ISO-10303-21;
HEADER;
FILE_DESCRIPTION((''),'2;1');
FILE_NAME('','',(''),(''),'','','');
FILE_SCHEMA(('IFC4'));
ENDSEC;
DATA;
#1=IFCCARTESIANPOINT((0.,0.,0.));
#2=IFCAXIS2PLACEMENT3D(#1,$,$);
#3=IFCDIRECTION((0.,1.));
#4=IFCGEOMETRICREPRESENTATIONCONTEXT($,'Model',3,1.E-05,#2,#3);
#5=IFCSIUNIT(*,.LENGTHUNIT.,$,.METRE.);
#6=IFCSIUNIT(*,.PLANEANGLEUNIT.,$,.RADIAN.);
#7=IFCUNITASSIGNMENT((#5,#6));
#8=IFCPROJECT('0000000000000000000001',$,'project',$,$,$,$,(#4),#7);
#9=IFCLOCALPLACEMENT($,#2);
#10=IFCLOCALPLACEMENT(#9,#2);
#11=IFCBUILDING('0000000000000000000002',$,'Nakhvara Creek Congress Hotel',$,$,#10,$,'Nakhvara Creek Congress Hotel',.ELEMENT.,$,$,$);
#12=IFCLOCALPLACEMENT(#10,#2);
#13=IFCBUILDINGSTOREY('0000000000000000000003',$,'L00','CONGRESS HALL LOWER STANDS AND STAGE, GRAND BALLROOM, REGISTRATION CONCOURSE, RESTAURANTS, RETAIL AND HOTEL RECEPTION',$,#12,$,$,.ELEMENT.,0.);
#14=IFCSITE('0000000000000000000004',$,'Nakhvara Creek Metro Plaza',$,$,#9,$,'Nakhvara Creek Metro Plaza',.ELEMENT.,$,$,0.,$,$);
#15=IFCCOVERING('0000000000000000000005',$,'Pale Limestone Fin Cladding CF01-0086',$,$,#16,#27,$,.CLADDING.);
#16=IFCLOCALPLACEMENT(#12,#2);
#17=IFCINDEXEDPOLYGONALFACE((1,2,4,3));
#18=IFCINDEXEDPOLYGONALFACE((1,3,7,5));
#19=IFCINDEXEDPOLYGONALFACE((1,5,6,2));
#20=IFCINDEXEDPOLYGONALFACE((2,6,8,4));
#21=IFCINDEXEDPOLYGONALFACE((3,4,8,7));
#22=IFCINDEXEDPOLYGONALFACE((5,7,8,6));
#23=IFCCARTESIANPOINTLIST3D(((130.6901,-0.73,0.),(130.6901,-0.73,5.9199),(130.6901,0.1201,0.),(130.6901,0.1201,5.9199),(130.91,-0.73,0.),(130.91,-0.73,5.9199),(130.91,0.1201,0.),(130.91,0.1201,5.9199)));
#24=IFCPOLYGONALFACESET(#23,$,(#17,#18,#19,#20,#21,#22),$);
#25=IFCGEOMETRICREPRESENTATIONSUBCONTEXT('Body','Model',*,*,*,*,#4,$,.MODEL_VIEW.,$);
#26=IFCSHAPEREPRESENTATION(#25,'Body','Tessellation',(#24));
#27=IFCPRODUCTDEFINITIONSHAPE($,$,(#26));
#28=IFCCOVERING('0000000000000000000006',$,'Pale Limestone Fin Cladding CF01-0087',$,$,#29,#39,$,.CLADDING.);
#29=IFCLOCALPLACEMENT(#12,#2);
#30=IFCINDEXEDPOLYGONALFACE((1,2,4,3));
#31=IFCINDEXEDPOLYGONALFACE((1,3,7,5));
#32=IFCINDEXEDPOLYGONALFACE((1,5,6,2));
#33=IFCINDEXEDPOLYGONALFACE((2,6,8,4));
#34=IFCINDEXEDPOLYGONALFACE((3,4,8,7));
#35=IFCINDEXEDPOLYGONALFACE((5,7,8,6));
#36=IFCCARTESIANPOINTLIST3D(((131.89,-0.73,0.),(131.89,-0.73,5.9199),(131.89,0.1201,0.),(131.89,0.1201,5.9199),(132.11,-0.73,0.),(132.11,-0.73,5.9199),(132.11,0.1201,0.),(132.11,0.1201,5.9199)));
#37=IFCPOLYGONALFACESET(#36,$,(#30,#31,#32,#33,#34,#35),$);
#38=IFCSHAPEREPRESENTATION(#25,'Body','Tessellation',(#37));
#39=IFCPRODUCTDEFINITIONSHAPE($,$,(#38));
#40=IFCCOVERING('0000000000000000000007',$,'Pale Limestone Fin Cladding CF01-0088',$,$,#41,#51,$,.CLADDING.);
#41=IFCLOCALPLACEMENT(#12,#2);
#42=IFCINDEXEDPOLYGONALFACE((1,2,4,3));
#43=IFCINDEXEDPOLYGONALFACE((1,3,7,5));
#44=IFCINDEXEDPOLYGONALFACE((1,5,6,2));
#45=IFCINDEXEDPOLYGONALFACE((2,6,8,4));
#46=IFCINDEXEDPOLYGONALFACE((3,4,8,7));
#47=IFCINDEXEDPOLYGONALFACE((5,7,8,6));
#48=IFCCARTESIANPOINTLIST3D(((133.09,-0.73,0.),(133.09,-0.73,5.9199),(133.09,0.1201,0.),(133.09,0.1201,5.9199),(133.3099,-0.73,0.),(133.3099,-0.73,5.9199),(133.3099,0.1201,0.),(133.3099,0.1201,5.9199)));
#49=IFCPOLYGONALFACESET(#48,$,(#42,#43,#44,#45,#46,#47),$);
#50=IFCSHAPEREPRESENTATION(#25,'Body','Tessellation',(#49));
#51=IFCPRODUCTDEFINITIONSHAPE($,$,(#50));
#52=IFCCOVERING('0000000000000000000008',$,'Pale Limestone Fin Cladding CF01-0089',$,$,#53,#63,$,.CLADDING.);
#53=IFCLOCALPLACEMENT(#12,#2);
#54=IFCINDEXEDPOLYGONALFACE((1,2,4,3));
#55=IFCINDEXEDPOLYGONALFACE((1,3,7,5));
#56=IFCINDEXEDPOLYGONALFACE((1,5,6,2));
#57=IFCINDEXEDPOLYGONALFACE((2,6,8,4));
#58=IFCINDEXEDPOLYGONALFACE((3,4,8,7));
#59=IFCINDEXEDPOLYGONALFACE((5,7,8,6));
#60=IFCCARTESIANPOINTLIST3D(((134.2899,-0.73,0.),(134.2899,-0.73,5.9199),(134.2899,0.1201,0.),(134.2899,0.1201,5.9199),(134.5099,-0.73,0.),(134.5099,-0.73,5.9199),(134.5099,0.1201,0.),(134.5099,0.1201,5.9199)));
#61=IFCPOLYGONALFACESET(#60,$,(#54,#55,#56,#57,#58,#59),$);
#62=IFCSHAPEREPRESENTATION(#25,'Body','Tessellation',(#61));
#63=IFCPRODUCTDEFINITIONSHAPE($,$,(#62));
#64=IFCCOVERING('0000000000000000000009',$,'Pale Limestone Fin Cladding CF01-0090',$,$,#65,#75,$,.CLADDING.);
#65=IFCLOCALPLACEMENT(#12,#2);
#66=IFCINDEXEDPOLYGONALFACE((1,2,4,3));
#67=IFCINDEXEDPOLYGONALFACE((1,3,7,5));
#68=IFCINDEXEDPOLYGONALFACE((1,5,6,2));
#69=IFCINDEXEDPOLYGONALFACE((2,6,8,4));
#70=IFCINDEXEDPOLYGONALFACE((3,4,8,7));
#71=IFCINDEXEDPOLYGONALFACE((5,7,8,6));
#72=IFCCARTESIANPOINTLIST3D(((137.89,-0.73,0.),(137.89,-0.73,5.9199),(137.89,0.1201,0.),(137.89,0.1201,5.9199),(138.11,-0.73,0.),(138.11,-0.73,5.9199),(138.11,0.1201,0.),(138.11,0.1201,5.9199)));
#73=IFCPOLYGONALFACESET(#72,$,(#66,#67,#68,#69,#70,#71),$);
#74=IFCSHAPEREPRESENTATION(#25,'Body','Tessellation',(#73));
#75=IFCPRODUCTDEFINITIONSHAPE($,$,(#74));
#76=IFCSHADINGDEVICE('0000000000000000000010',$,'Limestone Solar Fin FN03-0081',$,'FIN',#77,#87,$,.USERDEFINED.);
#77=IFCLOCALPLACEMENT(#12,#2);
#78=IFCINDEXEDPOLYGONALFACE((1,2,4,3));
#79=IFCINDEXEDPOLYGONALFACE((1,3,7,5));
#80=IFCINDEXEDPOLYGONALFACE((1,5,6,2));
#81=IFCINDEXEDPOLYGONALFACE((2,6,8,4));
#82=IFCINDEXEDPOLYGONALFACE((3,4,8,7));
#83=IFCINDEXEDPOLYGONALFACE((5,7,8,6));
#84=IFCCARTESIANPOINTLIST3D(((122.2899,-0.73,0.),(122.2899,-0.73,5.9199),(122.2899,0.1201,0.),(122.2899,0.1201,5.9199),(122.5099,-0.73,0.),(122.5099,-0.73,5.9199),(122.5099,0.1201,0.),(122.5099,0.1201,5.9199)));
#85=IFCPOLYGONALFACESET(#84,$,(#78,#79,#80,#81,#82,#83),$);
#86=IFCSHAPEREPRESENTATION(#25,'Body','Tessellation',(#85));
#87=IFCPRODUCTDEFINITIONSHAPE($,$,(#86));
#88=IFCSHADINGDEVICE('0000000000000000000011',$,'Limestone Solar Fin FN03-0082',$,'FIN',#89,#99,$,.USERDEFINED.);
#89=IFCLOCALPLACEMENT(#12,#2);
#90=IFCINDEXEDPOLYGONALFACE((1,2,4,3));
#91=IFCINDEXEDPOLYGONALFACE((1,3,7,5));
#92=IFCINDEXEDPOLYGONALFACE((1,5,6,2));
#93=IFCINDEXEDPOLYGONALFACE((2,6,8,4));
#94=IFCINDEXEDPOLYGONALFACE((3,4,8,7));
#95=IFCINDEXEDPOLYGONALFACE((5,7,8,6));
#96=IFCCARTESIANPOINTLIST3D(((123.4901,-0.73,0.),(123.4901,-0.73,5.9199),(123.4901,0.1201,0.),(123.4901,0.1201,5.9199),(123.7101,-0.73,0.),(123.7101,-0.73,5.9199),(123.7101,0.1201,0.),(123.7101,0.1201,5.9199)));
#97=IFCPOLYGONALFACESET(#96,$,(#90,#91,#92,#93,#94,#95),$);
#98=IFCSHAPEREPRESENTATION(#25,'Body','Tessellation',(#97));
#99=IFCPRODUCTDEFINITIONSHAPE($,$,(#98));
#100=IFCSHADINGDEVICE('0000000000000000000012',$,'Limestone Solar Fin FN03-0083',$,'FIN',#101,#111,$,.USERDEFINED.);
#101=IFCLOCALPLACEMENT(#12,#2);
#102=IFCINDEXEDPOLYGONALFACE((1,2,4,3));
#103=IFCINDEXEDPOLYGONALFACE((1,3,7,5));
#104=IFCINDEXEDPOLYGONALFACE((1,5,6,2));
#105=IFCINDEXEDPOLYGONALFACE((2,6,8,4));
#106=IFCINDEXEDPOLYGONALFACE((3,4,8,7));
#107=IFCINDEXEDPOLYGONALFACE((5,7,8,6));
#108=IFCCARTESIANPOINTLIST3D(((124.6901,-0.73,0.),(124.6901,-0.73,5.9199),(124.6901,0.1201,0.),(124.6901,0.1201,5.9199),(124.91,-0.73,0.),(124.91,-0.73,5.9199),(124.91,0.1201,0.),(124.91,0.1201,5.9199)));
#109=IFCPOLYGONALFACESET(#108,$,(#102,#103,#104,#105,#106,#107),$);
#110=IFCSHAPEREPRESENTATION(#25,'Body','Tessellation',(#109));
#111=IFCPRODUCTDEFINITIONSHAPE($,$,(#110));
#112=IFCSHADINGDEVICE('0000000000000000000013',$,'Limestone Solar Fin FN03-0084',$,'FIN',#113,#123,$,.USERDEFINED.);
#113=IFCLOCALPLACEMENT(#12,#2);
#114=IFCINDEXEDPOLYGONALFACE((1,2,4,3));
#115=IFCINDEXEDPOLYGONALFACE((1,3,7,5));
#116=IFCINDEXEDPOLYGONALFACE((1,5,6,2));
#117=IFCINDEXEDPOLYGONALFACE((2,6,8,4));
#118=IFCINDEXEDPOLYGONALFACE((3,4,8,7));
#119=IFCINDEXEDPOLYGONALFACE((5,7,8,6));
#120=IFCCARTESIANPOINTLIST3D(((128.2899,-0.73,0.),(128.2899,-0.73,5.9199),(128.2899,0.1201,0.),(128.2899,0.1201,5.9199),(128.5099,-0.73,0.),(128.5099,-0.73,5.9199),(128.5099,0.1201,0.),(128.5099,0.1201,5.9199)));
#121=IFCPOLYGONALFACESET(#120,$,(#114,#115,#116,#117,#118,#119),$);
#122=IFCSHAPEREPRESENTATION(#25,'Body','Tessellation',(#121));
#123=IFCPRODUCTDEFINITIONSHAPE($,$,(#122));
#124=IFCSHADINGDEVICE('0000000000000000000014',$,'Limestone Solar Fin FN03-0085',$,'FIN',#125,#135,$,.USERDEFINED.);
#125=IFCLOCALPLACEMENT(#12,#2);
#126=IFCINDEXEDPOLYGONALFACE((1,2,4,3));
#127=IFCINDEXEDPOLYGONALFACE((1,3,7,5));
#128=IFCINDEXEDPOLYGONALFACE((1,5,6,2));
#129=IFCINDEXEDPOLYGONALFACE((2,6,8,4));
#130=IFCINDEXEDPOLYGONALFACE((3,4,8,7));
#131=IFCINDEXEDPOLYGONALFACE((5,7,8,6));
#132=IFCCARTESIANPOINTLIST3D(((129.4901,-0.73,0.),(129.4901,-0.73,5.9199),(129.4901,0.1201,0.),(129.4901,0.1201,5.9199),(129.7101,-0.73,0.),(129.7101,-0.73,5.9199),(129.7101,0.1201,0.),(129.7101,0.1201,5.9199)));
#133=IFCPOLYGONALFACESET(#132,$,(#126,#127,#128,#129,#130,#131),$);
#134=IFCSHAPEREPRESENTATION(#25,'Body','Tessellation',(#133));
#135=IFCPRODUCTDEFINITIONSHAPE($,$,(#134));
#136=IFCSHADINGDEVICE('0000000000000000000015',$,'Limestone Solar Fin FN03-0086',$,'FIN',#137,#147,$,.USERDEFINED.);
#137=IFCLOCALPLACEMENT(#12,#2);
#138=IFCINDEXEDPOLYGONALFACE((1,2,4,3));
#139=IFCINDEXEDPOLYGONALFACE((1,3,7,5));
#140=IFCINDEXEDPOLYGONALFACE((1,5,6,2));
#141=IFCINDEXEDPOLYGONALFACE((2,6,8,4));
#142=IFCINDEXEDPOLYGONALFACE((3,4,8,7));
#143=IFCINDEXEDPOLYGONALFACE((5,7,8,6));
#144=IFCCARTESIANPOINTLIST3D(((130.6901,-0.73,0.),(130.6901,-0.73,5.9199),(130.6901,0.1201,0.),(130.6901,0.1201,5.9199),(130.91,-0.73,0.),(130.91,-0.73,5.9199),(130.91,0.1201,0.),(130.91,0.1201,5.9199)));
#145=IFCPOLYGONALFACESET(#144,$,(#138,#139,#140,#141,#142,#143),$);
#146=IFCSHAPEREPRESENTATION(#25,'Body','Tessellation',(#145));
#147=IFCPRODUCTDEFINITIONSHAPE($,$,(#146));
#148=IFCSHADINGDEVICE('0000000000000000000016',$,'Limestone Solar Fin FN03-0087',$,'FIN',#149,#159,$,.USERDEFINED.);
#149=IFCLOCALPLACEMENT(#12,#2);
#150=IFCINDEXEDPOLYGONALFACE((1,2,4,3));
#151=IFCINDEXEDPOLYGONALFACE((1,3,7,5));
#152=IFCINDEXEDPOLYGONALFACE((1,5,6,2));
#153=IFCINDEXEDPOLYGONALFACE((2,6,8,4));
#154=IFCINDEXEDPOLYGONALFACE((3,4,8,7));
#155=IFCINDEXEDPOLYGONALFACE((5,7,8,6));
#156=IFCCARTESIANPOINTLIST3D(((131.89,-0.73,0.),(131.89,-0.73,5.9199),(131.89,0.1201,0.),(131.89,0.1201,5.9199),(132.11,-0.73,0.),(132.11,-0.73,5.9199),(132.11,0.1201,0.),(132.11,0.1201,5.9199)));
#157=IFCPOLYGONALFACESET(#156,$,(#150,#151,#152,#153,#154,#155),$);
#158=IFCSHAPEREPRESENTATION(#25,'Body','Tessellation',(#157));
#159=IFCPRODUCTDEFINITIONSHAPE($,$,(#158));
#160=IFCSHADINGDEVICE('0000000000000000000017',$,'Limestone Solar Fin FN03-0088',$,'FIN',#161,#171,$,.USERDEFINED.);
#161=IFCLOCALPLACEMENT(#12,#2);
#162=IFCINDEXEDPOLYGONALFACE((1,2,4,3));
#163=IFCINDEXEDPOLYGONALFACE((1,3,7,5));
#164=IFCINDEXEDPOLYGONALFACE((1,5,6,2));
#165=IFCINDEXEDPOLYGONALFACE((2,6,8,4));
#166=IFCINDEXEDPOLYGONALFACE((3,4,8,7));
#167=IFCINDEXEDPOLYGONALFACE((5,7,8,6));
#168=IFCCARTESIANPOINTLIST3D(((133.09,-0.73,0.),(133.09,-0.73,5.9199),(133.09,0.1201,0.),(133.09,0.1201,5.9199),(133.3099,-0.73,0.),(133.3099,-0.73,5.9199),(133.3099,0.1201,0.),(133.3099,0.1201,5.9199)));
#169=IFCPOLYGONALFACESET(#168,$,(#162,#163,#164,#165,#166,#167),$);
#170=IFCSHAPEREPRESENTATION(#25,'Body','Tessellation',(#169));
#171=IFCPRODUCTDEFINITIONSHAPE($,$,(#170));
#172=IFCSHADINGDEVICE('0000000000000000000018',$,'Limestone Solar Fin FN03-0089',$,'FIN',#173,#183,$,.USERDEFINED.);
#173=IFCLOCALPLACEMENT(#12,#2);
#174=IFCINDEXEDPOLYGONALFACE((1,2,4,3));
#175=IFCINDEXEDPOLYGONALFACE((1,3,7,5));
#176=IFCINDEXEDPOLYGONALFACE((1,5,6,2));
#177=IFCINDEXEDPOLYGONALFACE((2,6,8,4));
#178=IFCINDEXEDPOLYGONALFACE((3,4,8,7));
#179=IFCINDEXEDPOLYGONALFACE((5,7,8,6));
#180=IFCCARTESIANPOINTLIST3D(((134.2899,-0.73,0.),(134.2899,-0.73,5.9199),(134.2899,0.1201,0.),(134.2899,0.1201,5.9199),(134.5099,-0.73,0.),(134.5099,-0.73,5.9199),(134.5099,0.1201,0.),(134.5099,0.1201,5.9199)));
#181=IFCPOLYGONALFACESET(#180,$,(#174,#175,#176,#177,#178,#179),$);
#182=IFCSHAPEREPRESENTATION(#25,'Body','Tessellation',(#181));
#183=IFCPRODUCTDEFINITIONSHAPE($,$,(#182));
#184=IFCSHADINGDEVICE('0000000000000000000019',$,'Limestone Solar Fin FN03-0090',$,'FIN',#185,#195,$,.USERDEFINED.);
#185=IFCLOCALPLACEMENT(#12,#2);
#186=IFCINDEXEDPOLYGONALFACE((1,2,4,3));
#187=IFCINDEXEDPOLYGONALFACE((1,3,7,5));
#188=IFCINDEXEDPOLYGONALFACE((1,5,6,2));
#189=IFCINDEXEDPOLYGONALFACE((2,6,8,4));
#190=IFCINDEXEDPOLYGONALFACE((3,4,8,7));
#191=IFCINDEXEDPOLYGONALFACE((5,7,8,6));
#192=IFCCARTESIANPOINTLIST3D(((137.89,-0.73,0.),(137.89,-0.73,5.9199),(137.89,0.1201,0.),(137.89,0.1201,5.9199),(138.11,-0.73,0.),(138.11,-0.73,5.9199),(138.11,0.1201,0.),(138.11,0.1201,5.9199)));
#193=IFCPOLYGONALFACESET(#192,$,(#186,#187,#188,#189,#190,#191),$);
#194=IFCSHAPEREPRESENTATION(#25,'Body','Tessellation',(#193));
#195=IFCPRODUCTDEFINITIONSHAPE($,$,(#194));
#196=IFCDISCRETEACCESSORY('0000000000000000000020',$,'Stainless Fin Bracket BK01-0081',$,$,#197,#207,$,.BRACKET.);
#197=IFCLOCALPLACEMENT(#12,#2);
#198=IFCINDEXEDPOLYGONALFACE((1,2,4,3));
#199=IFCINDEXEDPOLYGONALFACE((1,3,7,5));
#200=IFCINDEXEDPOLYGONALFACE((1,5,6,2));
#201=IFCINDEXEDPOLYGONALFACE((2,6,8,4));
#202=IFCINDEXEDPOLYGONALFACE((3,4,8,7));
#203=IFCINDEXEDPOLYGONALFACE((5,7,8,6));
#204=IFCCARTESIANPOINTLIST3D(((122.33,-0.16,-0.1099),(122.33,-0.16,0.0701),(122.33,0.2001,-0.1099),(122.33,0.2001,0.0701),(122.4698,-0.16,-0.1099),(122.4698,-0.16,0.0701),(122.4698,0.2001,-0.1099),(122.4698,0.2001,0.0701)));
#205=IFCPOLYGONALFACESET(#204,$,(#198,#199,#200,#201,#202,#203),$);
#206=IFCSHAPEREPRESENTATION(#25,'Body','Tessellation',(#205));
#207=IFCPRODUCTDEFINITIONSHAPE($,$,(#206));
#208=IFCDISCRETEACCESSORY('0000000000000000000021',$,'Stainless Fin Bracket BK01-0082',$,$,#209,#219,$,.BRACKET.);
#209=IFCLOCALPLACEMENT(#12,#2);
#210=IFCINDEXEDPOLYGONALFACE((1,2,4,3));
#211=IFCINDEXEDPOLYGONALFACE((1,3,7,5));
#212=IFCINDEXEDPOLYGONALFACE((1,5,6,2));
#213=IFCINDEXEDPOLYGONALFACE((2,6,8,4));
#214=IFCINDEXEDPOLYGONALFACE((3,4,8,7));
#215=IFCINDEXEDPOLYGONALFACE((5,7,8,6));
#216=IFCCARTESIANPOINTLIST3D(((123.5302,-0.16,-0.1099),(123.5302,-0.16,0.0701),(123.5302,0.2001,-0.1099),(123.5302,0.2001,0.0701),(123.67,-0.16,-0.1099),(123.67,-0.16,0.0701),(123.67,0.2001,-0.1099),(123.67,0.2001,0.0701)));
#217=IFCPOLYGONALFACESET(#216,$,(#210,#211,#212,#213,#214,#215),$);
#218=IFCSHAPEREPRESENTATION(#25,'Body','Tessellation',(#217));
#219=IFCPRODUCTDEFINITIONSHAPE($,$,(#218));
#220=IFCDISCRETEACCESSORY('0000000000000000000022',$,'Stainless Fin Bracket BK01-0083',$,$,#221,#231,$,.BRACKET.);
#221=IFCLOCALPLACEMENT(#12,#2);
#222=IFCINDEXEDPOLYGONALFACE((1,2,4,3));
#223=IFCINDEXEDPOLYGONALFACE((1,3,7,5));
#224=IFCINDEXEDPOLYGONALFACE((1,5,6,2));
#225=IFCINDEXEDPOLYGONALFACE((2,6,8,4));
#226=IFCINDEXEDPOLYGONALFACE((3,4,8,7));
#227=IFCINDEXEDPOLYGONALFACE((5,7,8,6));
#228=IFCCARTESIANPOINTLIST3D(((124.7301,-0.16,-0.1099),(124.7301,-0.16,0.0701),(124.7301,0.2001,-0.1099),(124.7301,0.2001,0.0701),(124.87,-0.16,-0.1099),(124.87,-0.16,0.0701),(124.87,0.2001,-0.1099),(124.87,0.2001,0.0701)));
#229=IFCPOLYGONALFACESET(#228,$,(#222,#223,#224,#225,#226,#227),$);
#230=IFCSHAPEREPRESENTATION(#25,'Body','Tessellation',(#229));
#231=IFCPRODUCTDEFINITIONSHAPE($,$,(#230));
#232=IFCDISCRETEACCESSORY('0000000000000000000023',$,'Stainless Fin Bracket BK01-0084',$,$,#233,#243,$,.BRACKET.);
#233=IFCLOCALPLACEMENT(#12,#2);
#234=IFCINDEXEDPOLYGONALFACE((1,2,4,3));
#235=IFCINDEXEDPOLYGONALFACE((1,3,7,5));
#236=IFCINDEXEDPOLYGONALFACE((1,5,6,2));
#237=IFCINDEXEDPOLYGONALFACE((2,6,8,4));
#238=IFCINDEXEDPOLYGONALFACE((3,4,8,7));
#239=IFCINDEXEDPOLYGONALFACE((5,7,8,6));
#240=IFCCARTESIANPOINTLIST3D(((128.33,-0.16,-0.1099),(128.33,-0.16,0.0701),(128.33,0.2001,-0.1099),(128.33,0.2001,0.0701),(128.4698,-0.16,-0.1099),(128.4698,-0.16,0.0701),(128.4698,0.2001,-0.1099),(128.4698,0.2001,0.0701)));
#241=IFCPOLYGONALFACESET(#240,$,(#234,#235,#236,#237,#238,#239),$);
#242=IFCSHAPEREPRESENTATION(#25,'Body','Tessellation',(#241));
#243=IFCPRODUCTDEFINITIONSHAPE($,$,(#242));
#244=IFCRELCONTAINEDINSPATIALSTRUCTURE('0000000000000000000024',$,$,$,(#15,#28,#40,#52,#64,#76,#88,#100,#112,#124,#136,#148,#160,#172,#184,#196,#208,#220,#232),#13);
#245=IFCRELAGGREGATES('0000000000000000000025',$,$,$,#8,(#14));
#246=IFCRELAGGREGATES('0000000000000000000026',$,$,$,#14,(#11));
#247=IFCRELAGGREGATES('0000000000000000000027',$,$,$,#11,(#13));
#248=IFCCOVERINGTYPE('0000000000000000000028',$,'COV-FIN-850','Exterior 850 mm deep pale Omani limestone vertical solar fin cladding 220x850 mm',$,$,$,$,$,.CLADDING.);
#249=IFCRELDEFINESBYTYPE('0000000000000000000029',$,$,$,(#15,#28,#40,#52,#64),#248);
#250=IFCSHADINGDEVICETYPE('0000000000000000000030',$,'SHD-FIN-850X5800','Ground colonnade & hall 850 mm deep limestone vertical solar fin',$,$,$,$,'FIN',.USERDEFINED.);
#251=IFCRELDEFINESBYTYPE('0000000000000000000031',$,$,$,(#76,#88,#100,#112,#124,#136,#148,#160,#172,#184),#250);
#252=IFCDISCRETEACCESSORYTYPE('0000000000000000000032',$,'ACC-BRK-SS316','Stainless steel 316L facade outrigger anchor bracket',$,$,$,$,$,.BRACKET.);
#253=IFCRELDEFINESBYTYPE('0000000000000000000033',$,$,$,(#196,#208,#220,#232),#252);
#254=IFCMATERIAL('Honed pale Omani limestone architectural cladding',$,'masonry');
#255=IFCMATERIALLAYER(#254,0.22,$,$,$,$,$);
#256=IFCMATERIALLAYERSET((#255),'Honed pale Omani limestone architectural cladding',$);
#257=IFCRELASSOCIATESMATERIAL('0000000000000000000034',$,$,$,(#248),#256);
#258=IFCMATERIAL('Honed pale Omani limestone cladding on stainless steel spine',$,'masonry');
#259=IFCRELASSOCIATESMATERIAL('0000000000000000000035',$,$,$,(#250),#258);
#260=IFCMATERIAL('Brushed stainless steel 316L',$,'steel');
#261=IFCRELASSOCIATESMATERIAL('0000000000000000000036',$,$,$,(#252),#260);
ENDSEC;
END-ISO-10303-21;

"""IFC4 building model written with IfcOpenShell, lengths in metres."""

from ifc_helpers import new_model, si_unit, direction, frame, origin, origin_2d, place, context, subcontext, project, spatial, rectangle, extrude, material, layer, layer_set, type_object, element, save


model = new_model("IFC4")

# Units and contexts
model_context = context("Model", 3, precision=1e-05, world=origin(), true_north=direction((0.0, 1.0)))
body_context = subcontext(model_context, "Body", "Model", "MODEL_VIEW")
ifc_project = project(units=[si_unit("LENGTHUNIT", "METRE"), si_unit("PLANEANGLEUNIT", "RADIAN")], contexts=[model_context])

# Site, building, storey
site_placement = place(None, origin())
site = spatial("IfcSite", under=ifc_project, at=site_placement, Name="Nakhvara Creek Metro Plaza", LongName="Nakhvara Creek Metro Plaza", CompositionType="ELEMENT", RefElevation=0.0)
building_placement = place(site_placement, origin())
building = spatial("IfcBuilding", under=site, at=building_placement, Name="Nakhvara Creek Congress Hotel", LongName="Nakhvara Creek Congress Hotel", CompositionType="ELEMENT")
storey_placement = place(building_placement, origin())
storey = spatial("IfcBuildingStorey", under=building, at=storey_placement, Name="L00", Description="CONGRESS HALL LOWER STANDS AND STAGE, GRAND BALLROOM, REGISTRATION CONCOURSE, RESTAURANTS, RETAIL AND HOTEL RECEPTION", CompositionType="ELEMENT", Elevation=0.0)

# Coverings
ifc_material_1 = material(Name="Honed pale Omani limestone architectural cladding", Category="masonry")
ifc_layer = layer(ifc_material_1, 0.22)
ifc_layer_set = layer_set([ifc_layer], Name="Honed pale Omani limestone architectural cladding")
covering_type = type_object("IfcCoveringType", Name="COV-FIN-850", Description="Exterior 850 mm deep pale Omani limestone vertical solar fin cladding 220x850 mm", PredefinedType="CLADDING", material=ifc_layer_set)
for number, where, z_axis, x_axis, name in (
    (1, (130.8, -0.3049, 0.0), (0.0, 0.0, 1.0), (1.0, 0.0, 0.0), "Pale Limestone Fin Cladding CF01-0086"),
    (2, (132.0, -0.3049, 0.0), (0.0, 0.0, 1.0), (1.0, 0.0, 0.0), "Pale Limestone Fin Cladding CF01-0087"),
    (3, (133.2, -0.3049, 0.0), (0.0, 0.0, 1.0), (1.0, 0.0, 0.0), "Pale Limestone Fin Cladding CF01-0088"),
    (4, (134.3999, -0.3049, 0.0), (0.0, 0.0, 1.0), (1.0, 0.0, 0.0), "Pale Limestone Fin Cladding CF01-0089"),
    (5, (138.0, -0.3049, 0.0), (0.0, 0.0, 1.0), (1.0, 0.0, 0.0), "Pale Limestone Fin Cladding CF01-0090"),
):
    element("IfcCovering", number, at=place(storey_placement, frame(where, z_axis=z_axis, x_axis=x_axis)), inside=storey, type_object=covering_type, Name=name, PredefinedType="CLADDING", context=body_context, shape_type="SweptSolid", body=[
        extrude(rectangle(XDim=0.22, YDim=0.8501, at=origin_2d()), origin(), (0.0, 0.0, 1.0), 5.9199),
    ])

# Shading devices
ifc_material_2 = material(Name="Honed pale Omani limestone cladding on stainless steel spine", Category="masonry")
shading_device_type = type_object("IfcShadingDeviceType", Name="SHD-FIN-850X5800", Description="Ground colonnade & hall 850 mm deep limestone vertical solar fin", ElementType="FIN", PredefinedType="USERDEFINED", material=ifc_material_2)
for number, where, z_axis, x_axis, name in (
    (6, (122.3999, -0.3049, 0.0), (0.0, 0.0, 1.0), (1.0, 0.0, 0.0), "Limestone Solar Fin FN03-0081"),
    (7, (123.6001, -0.3049, 0.0), (0.0, 0.0, 1.0), (1.0, 0.0, 0.0), "Limestone Solar Fin FN03-0082"),
    (8, (124.8, -0.3049, 0.0), (0.0, 0.0, 1.0), (1.0, 0.0, 0.0), "Limestone Solar Fin FN03-0083"),
    (9, (128.3999, -0.3049, 0.0), (0.0, 0.0, 1.0), (1.0, 0.0, 0.0), "Limestone Solar Fin FN03-0084"),
    (10, (129.6001, -0.3049, 0.0), (0.0, 0.0, 1.0), (1.0, 0.0, 0.0), "Limestone Solar Fin FN03-0085"),
    (11, (130.8, -0.3049, 0.0), (0.0, 0.0, 1.0), (1.0, 0.0, 0.0), "Limestone Solar Fin FN03-0086"),
    (12, (132.0, -0.3049, 0.0), (0.0, 0.0, 1.0), (1.0, 0.0, 0.0), "Limestone Solar Fin FN03-0087"),
    (13, (133.2, -0.3049, 0.0), (0.0, 0.0, 1.0), (1.0, 0.0, 0.0), "Limestone Solar Fin FN03-0088"),
    (14, (134.3999, -0.3049, 0.0), (0.0, 0.0, 1.0), (1.0, 0.0, 0.0), "Limestone Solar Fin FN03-0089"),
    (15, (138.0, -0.3049, 0.0), (0.0, 0.0, 1.0), (1.0, 0.0, 0.0), "Limestone Solar Fin FN03-0090"),
):
    element("IfcShadingDevice", number, at=place(storey_placement, frame(where, z_axis=z_axis, x_axis=x_axis)), inside=storey, type_object=shading_device_type, Name=name, ObjectType="FIN", PredefinedType="USERDEFINED", context=body_context, shape_type="SweptSolid", body=[
        extrude(rectangle(XDim=0.22, YDim=0.8501, at=origin_2d()), origin(), (0.0, 0.0, 1.0), 5.9199),
    ])

# Discrete accessories
ifc_material_3 = material(Name="Brushed stainless steel 316L", Category="steel")
discrete_accessory_type = type_object("IfcDiscreteAccessoryType", Name="ACC-BRK-SS316", Description="Stainless steel 316L facade outrigger anchor bracket", PredefinedType="BRACKET", material=ifc_material_3)
for number, where, z_axis, x_axis, name in (
    (16, (122.3999, 0.02, -0.1099), (0.0, 0.0, 1.0), (1.0, 0.0, 0.0), "Stainless Fin Bracket BK01-0081"),
    (17, (123.6001, 0.02, -0.1099), (0.0, 0.0, 1.0), (1.0, 0.0, 0.0), "Stainless Fin Bracket BK01-0082"),
    (18, (124.8, 0.02, -0.1099), (0.0, 0.0, 1.0), (1.0, 0.0, 0.0), "Stainless Fin Bracket BK01-0083"),
    (19, (128.3999, 0.02, -0.1099), (0.0, 0.0, 1.0), (1.0, 0.0, 0.0), "Stainless Fin Bracket BK01-0084"),
):
    element("IfcDiscreteAccessory", number, at=place(storey_placement, frame(where, z_axis=z_axis, x_axis=x_axis)), inside=storey, type_object=discrete_accessory_type, Name=name, PredefinedType="BRACKET", context=body_context, shape_type="SweptSolid", body=[
        extrude(rectangle(XDim=0.1399, YDim=0.3601, at=origin_2d()), origin(), (0.0, 0.0, 1.0), 0.1799),
    ])

save(model, "model.ifc")
